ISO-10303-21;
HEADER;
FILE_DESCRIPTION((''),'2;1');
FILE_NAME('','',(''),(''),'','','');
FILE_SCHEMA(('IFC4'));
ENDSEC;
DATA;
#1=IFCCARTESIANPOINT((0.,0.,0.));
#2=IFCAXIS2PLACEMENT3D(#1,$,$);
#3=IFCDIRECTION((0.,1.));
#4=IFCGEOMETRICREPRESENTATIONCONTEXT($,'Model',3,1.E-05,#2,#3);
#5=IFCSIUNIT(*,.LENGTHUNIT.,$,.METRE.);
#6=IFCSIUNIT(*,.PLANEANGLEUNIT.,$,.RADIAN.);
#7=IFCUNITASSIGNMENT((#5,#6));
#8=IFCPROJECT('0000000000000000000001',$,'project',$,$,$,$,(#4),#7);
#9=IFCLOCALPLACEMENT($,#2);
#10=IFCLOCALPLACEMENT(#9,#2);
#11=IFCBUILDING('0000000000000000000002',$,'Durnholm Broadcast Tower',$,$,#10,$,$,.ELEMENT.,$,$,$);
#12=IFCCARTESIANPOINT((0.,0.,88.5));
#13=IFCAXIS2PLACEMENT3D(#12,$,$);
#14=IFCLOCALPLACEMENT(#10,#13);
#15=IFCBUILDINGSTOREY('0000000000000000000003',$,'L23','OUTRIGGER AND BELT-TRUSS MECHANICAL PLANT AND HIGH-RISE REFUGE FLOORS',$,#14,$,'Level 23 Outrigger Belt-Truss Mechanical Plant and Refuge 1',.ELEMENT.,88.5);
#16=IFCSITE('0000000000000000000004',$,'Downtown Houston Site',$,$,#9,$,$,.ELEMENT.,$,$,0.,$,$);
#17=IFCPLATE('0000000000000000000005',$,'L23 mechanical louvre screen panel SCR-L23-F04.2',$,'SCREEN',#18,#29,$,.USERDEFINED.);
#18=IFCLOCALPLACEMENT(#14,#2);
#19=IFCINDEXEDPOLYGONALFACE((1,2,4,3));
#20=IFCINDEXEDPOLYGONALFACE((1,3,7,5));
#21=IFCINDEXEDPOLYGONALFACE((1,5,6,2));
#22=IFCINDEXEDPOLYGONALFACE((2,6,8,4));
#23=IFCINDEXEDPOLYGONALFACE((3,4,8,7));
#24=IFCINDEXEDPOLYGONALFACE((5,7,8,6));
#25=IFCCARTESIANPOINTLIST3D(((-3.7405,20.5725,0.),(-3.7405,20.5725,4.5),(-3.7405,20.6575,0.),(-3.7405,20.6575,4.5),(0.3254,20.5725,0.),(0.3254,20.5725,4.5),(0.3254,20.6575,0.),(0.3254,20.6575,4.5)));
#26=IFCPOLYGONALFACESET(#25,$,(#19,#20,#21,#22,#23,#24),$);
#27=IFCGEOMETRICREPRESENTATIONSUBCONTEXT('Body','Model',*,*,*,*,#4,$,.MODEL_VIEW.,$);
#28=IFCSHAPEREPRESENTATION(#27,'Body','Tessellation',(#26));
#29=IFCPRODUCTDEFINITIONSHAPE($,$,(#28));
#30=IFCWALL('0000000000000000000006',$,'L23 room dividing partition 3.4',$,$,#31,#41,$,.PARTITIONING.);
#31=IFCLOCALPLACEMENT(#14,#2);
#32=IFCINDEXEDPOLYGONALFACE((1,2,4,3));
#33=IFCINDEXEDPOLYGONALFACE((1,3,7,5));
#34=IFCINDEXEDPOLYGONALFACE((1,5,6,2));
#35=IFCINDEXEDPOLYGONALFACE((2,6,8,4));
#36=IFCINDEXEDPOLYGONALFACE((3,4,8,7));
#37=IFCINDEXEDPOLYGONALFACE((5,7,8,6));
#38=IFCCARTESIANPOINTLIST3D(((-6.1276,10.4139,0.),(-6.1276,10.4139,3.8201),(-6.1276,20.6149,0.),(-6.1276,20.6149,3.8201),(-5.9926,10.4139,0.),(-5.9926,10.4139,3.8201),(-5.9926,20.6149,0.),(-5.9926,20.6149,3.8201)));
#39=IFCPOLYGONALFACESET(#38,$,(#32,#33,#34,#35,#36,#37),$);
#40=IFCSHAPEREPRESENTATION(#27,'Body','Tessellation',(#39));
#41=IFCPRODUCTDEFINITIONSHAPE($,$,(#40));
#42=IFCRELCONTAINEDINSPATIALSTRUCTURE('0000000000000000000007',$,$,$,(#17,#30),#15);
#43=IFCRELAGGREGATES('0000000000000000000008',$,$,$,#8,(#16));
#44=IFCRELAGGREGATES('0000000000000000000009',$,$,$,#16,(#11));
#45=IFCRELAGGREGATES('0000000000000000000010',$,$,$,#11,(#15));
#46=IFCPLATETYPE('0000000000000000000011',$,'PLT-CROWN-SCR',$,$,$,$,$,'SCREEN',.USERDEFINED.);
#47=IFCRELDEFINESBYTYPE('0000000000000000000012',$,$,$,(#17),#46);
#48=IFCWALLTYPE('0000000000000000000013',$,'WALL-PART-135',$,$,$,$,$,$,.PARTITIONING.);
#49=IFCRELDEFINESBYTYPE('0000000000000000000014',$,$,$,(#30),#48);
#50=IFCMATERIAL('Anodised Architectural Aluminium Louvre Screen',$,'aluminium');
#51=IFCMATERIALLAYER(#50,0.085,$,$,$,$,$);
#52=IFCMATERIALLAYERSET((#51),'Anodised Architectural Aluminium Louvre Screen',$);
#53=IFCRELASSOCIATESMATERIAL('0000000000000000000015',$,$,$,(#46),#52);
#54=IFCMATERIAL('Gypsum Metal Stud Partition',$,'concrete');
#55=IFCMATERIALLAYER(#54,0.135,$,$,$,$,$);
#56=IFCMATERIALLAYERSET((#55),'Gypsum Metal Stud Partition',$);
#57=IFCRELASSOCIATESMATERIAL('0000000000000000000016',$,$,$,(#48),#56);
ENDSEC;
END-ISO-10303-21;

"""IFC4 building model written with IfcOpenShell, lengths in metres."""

from ifc_helpers import new_model, si_unit, direction, frame, frame_2d, origin, origin_2d, place, context, subcontext, project, spatial, rectangle, extrude, source, transform, mapped, material, layer, layer_set, type_object, element, save


model = new_model("IFC4")

# Units and contexts
model_context = context("Model", 3, precision=1e-05, world=origin(), true_north=direction((0.0, 1.0)))
body_context = subcontext(model_context, "Body", "Model", "MODEL_VIEW")
ifc_project = project(units=[si_unit("LENGTHUNIT", "METRE"), si_unit("PLANEANGLEUNIT", "RADIAN")], contexts=[model_context])

# Site, building, storey
site_placement = place(None, origin())
site = spatial("IfcSite", under=ifc_project, at=site_placement, Name="Downtown Houston Site", CompositionType="ELEMENT", RefElevation=0.0)
building_placement = place(site_placement, origin())
building = spatial("IfcBuilding", under=site, at=building_placement, Name="Durnholm Broadcast Tower", CompositionType="ELEMENT")
storey_placement = place(building_placement, frame((0.0, 0.0, 88.5)))
storey = spatial("IfcBuildingStorey", under=building, at=storey_placement, Name="L23", Description="OUTRIGGER AND BELT-TRUSS MECHANICAL PLANT AND HIGH-RISE REFUGE FLOORS", LongName="Level 23 Outrigger Belt-Truss Mechanical Plant and Refuge 1", CompositionType="ELEMENT", Elevation=88.5)

# Plate
ifc_material_1 = material(Name="Anodised Architectural Aluminium Louvre Screen", Category="aluminium")
ifc_layer_1 = layer(ifc_material_1, 0.085)
ifc_layer_set_1 = layer_set([ifc_layer_1], Name="Anodised Architectural Aluminium Louvre Screen")
plate_type_1 = type_object("IfcPlateType", Name="PLT-CROWN-SCR", ElementType="SCREEN", PredefinedType="USERDEFINED", material=ifc_layer_set_1)
shared_shape_1 = source(origin(), body_context, "Body", "SweptSolid", [
    extrude(rectangle(XDim=4.0659, YDim=0.085, at=origin_2d()), origin(), (0.0, 0.0, 1.0), 4.5),
])
for number, where, z_axis, x_axis, name in (
    (1, (-1.7075, 20.615, 0.0), (0.0, 0.0, 1.0), (1.0, 0.0, 0.0), "L23 mechanical louvre screen panel SCR-L23-F04.2"),
):
    element("IfcPlate", number, at=place(storey_placement, frame(where, z_axis=z_axis, x_axis=x_axis)), inside=storey, type_object=plate_type_1, Name=name, ObjectType="SCREEN", PredefinedType="USERDEFINED", context=body_context, shape_type="MappedRepresentation", body=[
        mapped(shared_shape_1, transform((0.0, 0.0, 0.0), x_axis=(1.0, 0.0, 0.0), y_axis=(0.0, 1.0, 0.0), z_axis=(0.0, 0.0, 1.0), scale=1.0)),
    ])

# Wall
ifc_material_2 = material(Name="Gypsum Metal Stud Partition", Category="concrete")
ifc_layer_2 = layer(ifc_material_2, 0.135)
ifc_layer_set_2 = layer_set([ifc_layer_2], Name="Gypsum Metal Stud Partition")
wall_type = type_object("IfcWallType", Name="WALL-PART-135", PredefinedType="PARTITIONING", material=ifc_layer_set_2)
wall_placement = place(storey_placement, frame((-6.0601, 20.615, 0.0), z_axis=(0.0, 0.0, 1.0), x_axis=(0.0, -1.0, 0.0)))
element("IfcWall", 2, at=wall_placement, inside=storey, type_object=wall_type, Name="L23 room dividing partition 3.4", PredefinedType="PARTITIONING", context=body_context, shape_type="SweptSolid", body=[
    extrude(rectangle(XDim=10.2009, YDim=0.135, at=frame_2d((5.1006, 0.0))), origin(), (0.0, 0.0, 1.0), 3.8201),
])

save(model, "model.ifc")
